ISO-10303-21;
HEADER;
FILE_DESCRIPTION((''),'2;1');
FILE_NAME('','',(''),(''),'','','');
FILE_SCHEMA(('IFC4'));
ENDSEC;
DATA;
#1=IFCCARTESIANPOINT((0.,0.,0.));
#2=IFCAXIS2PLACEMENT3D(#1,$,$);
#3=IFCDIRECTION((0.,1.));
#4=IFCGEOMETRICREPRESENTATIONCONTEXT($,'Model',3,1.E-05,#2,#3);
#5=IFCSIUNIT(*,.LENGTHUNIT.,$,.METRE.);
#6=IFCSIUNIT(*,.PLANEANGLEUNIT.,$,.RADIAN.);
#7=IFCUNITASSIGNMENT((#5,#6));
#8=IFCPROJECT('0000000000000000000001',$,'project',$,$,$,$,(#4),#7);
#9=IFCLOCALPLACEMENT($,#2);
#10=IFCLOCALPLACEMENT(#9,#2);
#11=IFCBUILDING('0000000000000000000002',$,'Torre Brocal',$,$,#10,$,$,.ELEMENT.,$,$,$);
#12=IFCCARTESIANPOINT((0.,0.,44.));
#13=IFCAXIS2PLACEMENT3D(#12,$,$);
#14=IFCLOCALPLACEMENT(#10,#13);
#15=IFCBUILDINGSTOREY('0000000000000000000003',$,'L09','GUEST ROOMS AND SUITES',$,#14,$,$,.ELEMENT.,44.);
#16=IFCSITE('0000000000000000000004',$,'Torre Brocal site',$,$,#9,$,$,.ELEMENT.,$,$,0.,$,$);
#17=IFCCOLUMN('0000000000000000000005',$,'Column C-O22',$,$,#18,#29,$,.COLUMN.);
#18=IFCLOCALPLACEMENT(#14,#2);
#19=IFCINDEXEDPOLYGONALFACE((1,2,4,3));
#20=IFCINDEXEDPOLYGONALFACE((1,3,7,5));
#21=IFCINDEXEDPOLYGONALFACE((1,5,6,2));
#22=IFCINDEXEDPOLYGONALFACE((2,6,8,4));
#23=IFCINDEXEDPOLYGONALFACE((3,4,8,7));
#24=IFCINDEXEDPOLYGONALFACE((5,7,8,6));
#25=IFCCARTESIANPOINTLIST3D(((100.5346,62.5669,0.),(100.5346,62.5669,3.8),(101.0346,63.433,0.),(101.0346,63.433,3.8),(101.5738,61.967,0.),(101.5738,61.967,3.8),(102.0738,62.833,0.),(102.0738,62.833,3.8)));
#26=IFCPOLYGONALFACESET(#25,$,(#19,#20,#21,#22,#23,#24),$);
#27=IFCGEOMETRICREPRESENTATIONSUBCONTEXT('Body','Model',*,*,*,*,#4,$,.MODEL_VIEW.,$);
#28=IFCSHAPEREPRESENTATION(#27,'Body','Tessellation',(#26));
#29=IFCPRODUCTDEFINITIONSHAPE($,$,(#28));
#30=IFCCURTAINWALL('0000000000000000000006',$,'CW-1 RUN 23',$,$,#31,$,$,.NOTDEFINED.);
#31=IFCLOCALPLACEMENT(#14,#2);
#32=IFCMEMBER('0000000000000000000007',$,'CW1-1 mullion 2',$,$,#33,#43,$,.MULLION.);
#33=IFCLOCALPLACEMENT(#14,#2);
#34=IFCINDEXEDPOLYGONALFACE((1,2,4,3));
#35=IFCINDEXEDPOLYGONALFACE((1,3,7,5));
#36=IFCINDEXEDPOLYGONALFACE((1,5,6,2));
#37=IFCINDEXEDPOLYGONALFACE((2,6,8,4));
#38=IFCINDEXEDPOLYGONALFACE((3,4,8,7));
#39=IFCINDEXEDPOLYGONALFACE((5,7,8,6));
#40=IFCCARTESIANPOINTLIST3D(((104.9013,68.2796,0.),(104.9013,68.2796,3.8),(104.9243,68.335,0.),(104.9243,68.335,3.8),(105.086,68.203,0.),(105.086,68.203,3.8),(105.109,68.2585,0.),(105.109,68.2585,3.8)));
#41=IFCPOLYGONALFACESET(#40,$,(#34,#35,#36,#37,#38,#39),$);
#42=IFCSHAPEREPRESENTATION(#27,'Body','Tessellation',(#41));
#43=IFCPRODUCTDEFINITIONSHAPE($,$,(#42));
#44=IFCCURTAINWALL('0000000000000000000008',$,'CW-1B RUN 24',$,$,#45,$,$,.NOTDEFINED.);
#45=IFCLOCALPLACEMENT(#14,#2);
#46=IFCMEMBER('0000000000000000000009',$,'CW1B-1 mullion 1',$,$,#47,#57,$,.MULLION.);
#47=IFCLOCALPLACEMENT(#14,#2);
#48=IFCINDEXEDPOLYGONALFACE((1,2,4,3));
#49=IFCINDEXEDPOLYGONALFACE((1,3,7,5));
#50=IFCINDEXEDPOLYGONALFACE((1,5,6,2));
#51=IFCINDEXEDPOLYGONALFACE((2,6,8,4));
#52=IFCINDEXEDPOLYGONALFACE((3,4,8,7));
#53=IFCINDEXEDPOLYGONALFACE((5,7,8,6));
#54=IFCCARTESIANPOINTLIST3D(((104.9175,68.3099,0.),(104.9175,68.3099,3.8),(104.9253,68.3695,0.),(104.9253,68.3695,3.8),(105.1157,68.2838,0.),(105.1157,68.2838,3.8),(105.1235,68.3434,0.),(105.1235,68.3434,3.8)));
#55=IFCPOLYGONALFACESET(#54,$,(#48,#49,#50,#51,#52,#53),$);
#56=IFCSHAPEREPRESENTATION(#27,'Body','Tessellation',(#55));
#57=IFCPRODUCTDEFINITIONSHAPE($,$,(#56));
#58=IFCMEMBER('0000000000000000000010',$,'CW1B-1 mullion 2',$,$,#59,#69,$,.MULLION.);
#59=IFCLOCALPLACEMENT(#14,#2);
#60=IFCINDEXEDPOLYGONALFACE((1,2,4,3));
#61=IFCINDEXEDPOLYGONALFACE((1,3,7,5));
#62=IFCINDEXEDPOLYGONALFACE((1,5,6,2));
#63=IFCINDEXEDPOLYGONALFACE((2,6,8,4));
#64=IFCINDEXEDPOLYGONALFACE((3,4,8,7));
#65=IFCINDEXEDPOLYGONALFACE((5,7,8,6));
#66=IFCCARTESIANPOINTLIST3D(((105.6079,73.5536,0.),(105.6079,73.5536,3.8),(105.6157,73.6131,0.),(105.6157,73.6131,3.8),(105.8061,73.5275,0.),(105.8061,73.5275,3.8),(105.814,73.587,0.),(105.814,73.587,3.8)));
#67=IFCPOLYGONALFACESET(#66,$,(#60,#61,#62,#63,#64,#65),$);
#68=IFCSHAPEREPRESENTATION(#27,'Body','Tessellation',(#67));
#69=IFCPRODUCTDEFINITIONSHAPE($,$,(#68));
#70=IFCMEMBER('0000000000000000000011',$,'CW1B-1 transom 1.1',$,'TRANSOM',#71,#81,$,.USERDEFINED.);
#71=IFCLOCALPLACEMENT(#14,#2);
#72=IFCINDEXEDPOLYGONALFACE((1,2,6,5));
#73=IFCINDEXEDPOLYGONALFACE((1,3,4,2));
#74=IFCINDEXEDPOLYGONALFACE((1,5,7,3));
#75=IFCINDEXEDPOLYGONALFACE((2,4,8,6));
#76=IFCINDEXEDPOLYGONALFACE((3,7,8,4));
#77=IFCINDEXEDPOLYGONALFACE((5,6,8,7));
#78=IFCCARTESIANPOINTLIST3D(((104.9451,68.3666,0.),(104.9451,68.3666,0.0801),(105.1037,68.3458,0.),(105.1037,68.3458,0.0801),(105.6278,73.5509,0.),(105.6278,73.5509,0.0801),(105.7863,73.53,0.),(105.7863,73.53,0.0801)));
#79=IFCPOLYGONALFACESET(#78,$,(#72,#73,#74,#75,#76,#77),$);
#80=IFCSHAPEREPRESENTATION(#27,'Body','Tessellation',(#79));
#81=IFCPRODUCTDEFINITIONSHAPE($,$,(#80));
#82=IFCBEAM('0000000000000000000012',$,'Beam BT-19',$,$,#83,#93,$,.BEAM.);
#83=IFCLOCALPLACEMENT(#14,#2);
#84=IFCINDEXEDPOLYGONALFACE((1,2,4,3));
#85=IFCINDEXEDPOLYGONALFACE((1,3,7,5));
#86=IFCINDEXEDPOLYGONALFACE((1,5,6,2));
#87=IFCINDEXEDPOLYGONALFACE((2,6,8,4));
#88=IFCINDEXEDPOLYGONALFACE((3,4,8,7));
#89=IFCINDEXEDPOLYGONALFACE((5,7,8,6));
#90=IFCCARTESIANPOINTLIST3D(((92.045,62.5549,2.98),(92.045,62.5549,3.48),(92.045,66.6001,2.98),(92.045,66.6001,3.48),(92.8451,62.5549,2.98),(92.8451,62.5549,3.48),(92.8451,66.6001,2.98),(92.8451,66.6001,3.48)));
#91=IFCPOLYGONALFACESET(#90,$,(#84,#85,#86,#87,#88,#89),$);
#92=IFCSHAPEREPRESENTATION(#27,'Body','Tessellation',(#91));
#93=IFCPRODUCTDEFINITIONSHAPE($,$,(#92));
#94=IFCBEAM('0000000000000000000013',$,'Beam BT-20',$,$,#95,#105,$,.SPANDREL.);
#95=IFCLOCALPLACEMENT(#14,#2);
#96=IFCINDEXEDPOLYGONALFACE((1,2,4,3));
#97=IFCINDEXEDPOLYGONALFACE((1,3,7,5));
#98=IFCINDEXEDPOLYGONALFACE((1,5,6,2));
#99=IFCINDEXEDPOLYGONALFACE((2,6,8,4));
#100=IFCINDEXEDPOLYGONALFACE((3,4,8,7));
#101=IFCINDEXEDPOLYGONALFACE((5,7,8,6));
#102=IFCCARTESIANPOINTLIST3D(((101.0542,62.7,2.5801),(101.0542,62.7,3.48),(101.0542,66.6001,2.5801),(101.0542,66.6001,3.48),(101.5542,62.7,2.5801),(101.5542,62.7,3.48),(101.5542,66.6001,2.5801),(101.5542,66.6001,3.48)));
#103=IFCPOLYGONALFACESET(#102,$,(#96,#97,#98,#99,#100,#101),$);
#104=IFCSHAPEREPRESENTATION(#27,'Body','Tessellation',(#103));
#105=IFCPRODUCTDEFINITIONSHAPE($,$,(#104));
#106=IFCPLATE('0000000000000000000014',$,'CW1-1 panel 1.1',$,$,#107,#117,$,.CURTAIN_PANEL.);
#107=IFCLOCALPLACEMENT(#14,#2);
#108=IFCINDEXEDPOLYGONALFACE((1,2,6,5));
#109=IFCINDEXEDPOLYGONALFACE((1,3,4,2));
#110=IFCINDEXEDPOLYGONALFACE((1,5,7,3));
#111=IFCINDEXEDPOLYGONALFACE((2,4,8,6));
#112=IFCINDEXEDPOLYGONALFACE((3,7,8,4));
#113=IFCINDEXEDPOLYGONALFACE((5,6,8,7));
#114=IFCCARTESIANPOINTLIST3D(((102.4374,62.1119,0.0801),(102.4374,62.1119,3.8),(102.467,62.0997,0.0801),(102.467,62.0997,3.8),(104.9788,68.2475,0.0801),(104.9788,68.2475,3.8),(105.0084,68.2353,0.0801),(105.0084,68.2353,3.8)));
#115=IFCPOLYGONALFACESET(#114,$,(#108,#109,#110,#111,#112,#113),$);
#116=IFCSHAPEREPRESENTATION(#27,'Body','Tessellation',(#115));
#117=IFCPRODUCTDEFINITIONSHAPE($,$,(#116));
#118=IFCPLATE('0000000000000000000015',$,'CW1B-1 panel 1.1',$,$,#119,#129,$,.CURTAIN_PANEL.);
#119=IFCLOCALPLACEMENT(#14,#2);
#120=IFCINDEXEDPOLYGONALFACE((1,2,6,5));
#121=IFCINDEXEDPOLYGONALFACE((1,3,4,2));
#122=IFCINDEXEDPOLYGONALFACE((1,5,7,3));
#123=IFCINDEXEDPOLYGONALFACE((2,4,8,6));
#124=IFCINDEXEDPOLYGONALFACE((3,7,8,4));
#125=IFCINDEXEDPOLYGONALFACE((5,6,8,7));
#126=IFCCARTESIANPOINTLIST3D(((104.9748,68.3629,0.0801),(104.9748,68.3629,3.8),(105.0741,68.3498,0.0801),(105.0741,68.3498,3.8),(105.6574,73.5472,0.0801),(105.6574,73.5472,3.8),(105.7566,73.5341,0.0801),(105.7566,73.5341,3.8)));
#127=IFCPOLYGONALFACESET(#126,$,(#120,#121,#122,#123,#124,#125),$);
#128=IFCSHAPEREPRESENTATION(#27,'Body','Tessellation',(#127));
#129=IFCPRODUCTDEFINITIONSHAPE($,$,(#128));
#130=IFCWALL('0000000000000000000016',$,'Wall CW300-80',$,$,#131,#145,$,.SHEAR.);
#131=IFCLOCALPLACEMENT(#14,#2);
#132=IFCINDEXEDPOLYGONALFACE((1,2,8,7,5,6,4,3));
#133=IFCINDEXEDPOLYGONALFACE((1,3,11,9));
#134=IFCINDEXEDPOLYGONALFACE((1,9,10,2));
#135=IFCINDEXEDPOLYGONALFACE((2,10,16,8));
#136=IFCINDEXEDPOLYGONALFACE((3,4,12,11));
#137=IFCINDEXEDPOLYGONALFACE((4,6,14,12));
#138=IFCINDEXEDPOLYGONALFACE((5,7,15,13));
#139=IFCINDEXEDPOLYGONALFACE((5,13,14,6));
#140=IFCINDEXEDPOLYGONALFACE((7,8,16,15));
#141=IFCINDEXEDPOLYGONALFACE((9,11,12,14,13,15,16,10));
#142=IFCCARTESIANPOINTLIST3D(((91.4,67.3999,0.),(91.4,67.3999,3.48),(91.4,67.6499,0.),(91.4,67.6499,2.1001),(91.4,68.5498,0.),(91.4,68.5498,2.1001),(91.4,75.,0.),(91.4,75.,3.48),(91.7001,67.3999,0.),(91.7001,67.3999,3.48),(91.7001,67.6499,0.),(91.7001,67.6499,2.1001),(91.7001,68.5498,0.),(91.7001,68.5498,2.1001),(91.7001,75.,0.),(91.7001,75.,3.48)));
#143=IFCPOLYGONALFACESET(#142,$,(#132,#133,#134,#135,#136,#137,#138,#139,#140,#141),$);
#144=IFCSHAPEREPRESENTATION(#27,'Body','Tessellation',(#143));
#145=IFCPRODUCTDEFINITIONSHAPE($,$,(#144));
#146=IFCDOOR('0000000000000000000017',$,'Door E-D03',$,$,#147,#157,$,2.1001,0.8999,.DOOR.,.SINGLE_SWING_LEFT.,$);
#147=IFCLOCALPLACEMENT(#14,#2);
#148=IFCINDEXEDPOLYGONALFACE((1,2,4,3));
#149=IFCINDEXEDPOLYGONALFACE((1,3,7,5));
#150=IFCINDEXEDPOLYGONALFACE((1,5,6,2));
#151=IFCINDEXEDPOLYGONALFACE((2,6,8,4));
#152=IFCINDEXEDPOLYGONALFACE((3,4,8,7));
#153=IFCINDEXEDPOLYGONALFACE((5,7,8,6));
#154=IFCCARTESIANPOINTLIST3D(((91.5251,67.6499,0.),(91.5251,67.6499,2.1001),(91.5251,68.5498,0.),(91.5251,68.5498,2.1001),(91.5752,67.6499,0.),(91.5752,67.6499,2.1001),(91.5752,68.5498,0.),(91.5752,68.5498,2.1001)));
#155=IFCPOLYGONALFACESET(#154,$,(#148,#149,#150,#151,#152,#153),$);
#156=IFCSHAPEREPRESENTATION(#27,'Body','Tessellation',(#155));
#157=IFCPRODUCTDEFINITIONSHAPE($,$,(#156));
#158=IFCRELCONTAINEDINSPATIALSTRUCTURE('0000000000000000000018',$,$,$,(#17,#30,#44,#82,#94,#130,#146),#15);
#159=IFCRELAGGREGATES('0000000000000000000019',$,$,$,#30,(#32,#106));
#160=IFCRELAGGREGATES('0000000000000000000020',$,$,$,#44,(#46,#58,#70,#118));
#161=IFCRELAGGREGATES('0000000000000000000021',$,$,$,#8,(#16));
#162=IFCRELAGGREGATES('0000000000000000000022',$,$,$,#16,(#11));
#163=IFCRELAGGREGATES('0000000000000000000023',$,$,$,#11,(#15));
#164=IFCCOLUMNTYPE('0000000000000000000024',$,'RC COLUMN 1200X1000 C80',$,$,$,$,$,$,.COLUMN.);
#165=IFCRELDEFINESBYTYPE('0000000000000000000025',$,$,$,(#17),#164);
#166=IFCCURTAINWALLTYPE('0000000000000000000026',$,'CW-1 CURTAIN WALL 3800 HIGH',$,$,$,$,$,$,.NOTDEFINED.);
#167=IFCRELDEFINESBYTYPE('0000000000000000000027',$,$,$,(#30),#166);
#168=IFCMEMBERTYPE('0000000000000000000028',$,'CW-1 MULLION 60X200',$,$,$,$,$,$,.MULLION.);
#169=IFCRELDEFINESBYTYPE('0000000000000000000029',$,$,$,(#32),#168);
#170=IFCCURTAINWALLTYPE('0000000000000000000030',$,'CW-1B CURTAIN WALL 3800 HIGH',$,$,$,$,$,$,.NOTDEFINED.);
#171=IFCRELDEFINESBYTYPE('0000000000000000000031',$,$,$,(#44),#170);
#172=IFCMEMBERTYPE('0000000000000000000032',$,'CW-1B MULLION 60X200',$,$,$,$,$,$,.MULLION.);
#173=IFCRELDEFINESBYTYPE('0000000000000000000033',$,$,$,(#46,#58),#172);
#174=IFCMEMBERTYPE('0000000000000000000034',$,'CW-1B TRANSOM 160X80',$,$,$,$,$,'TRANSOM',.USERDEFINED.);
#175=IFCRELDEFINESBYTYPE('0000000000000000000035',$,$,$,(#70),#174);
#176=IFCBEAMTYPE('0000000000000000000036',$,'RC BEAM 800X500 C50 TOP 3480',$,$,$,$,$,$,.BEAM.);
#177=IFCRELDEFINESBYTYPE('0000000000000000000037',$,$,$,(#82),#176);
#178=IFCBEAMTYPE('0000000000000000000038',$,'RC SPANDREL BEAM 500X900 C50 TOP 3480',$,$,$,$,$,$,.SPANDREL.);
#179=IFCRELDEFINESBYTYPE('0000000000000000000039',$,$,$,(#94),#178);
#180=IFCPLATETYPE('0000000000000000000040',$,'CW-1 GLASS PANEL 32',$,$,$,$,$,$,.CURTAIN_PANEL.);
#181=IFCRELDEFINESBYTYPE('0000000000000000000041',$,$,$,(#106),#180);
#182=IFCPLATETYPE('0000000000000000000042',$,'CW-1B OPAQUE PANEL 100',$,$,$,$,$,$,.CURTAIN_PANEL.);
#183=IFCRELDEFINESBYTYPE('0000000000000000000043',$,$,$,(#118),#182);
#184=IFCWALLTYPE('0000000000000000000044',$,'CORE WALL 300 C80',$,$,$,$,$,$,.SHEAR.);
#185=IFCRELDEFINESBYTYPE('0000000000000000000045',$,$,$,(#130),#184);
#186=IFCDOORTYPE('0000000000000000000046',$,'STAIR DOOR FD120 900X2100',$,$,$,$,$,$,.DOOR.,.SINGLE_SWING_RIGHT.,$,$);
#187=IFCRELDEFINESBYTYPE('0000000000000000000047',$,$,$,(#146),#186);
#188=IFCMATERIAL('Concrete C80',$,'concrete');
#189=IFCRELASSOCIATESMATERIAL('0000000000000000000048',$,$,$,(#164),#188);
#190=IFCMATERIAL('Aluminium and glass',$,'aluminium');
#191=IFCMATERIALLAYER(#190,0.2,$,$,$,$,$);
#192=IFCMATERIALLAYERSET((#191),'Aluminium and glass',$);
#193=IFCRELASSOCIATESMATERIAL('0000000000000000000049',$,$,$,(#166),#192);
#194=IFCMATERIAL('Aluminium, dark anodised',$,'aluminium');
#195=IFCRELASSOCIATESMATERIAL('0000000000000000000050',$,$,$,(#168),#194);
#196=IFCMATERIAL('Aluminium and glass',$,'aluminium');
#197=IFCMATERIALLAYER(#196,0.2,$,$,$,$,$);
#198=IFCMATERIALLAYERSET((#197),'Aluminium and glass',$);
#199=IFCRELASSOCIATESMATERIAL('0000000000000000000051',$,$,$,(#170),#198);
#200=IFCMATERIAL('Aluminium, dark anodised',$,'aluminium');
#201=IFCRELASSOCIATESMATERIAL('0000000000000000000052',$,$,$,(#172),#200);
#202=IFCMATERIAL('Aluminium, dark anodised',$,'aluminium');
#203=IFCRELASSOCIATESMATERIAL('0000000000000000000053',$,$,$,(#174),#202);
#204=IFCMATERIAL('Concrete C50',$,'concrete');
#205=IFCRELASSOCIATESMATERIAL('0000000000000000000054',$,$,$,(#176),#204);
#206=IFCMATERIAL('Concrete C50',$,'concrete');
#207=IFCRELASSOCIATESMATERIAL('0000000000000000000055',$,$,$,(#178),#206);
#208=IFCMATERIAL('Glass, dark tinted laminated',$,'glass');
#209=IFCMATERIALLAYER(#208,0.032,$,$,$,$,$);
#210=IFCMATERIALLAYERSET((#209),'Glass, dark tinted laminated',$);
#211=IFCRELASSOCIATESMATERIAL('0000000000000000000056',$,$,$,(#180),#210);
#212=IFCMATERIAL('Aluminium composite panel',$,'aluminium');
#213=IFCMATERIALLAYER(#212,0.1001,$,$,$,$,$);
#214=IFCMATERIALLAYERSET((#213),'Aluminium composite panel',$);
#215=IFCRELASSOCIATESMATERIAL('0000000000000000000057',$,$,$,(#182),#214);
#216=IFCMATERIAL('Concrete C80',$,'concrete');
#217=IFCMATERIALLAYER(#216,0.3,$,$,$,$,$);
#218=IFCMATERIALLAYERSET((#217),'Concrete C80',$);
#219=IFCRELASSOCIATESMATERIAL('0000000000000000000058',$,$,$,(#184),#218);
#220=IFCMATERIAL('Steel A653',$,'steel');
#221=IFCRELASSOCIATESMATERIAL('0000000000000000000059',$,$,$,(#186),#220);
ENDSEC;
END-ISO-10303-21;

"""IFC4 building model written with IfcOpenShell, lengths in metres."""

from ifc_helpers import new_model, si_unit, direction, frame, frame_2d, origin, origin_2d, place, context, subcontext, project, spatial, rectangle, extrude, material, layer, layer_set, material_profile, profile_set, type_object, element, fill, aggregate, save


model = new_model("IFC4")

# Units and contexts
model_context = context("Model", 3, precision=1e-05, world=origin(), true_north=direction((0.0, 1.0)))
body_context = subcontext(model_context, "Body", "Model", "MODEL_VIEW")
ifc_project = project(units=[si_unit("LENGTHUNIT", "METRE"), si_unit("PLANEANGLEUNIT", "RADIAN")], contexts=[model_context])

# Site, building, storey
site_placement = place(None, origin())
site = spatial("IfcSite", under=ifc_project, at=site_placement, Name="Torre Brocal site", CompositionType="ELEMENT", RefElevation=0.0)
building_placement = place(site_placement, origin())
building = spatial("IfcBuilding", under=site, at=building_placement, Name="Torre Brocal", CompositionType="ELEMENT")
storey_placement = place(building_placement, frame((0.0, 0.0, 44.0)))
storey = spatial("IfcBuildingStorey", under=building, at=storey_placement, Name="L09", Description="GUEST ROOMS AND SUITES", CompositionType="ELEMENT", Elevation=44.0)

# Column
ifc_material_1 = material(Name="Concrete C80", Category="concrete")
ifc_material_profile_1 = material_profile(ifc_material_1, rectangle(XDim=1.2, YDim=1.0, at=origin_2d()), Name="RC 1200X1000")
ifc_profile_set_1 = profile_set([ifc_material_profile_1], Name="Concrete C80")
column_type = type_object("IfcColumnType", Name="RC COLUMN 1200X1000 C80", PredefinedType="COLUMN", material=ifc_profile_set_1)
column_placement = place(storey_placement, frame((101.3042, 62.7, 0.0), z_axis=(0.0, 0.0, 1.0), x_axis=(0.866025, -0.5, 0.0)))
element("IfcColumn", 1, at=column_placement, inside=storey, type_object=column_type, Name="Column C-O22", PredefinedType="COLUMN", context=body_context, shape_type="SweptSolid", body=[
    extrude(rectangle(XDim=1.2, YDim=1.0, at=origin_2d()), origin(), (0.0, 0.0, 1.0), 3.8),
])

# Curtain wall, member
ifc_material_2 = material(Name="Aluminium and glass", Category="aluminium")
ifc_layer_1 = layer(ifc_material_2, 0.2)
ifc_layer_set_1 = layer_set([ifc_layer_1], Name="Aluminium and glass")
curtain_wall_type_1 = type_object("IfcCurtainWallType", Name="CW-1 CURTAIN WALL 3800 HIGH", PredefinedType="NOTDEFINED", material=ifc_layer_set_1)
curtain_wall_1_placement = place(storey_placement, origin())
curtain_wall_1 = element("IfcCurtainWall", 2, at=curtain_wall_1_placement, inside=storey, type_object=curtain_wall_type_1, Name="CW-1 RUN 23", PredefinedType="NOTDEFINED")
ifc_material_3 = material(Name="Aluminium, dark anodised", Category="aluminium")
ifc_material_profile_2 = material_profile(ifc_material_3, rectangle(XDim=0.2, YDim=0.0601, at=origin_2d()), Name="CW-1 MULLION 60X200")
ifc_profile_set_2 = profile_set([ifc_material_profile_2], Name="Aluminium, dark anodised")
member_type_1 = type_object("IfcMemberType", Name="CW-1 MULLION 60X200", PredefinedType="MULLION", material=ifc_profile_set_2)
member_1_placement = place(storey_placement, frame((105.0051, 68.269, 0.0), z_axis=(0.0, 0.0, 1.0), x_axis=(-0.92388, 0.382683, 0.0)))
member_1 = element("IfcMember", 3, at=member_1_placement, type_object=member_type_1, Name="CW1-1 mullion 2", PredefinedType="MULLION", context=body_context, shape_type="SweptSolid", body=[
    extrude(rectangle(XDim=0.2, YDim=0.0601, at=origin_2d()), origin(), (0.0, 0.0, 1.0), 3.8),
])

# Curtain wall, members
ifc_material_4 = material(Name="Aluminium and glass", Category="aluminium")
ifc_layer_2 = layer(ifc_material_4, 0.2)
ifc_layer_set_2 = layer_set([ifc_layer_2], Name="Aluminium and glass")
curtain_wall_type_2 = type_object("IfcCurtainWallType", Name="CW-1B CURTAIN WALL 3800 HIGH", PredefinedType="NOTDEFINED", material=ifc_layer_set_2)
curtain_wall_2_placement = place(storey_placement, origin())
curtain_wall_2 = element("IfcCurtainWall", 4, at=curtain_wall_2_placement, inside=storey, type_object=curtain_wall_type_2, Name="CW-1B RUN 24", PredefinedType="NOTDEFINED")
ifc_material_5 = material(Name="Aluminium, dark anodised", Category="aluminium")
ifc_material_profile_3 = material_profile(ifc_material_5, rectangle(XDim=0.2, YDim=0.0601, at=origin_2d()), Name="CW-1B MULLION 60X200")
ifc_profile_set_3 = profile_set([ifc_material_profile_3], Name="Aluminium, dark anodised")
member_type_2 = type_object("IfcMemberType", Name="CW-1B MULLION 60X200", PredefinedType="MULLION", material=ifc_profile_set_3)
member_2_placement = place(storey_placement, frame((105.0205, 68.3267, 0.0), z_axis=(0.0, 0.0, 1.0), x_axis=(-0.991445, 0.130526, 0.0)))
member_2 = element("IfcMember", 5, at=member_2_placement, type_object=member_type_2, Name="CW1B-1 mullion 1", PredefinedType="MULLION", context=body_context, shape_type="SweptSolid", body=[
    extrude(rectangle(XDim=0.2, YDim=0.0601, at=origin_2d()), origin(), (0.0, 0.0, 1.0), 3.8),
])
member_3_placement = place(storey_placement, frame((105.7109, 73.5703, 0.0), z_axis=(0.0, 0.0, 1.0), x_axis=(-0.991445, 0.130526, 0.0)))
member_3 = element("IfcMember", 6, at=member_3_placement, type_object=member_type_2, Name="CW1B-1 mullion 2", PredefinedType="MULLION", context=body_context, shape_type="SweptSolid", body=[
    extrude(rectangle(XDim=0.2, YDim=0.0601, at=origin_2d()), origin(), (0.0, 0.0, 1.0), 3.8),
])
ifc_material_6 = material(Name="Aluminium, dark anodised", Category="aluminium")
ifc_material_profile_4 = material_profile(ifc_material_6, rectangle(XDim=0.1599, YDim=0.0801, at=origin_2d()), Name="CW-1B TRANSOM 160X80")
ifc_profile_set_4 = profile_set([ifc_material_profile_4], Name="Aluminium, dark anodised")
member_type_3 = type_object("IfcMemberType", Name="CW-1B TRANSOM 160X80", ElementType="TRANSOM", PredefinedType="USERDEFINED", material=ifc_profile_set_4)
member_4_placement = place(storey_placement, frame((105.0244, 68.3562, 0.04), z_axis=(0.130543, 0.991443, 0.0), x_axis=(-0.991443, 0.130543, 0.0)))
member_4 = element("IfcMember", 7, at=member_4_placement, type_object=member_type_3, Name="CW1B-1 transom 1.1", ObjectType="TRANSOM", PredefinedType="USERDEFINED", context=body_context, shape_type="SweptSolid", body=[
    extrude(rectangle(XDim=0.1599, YDim=0.0801, at=origin_2d()), origin(), (0.0, 0.0, 1.0), 5.229),
])

# Beams
ifc_material_7 = material(Name="Concrete C50", Category="concrete")
ifc_material_profile_5 = material_profile(ifc_material_7, rectangle(XDim=0.8, YDim=0.5, at=origin_2d()), Name="RC 800X500")
ifc_profile_set_5 = profile_set([ifc_material_profile_5], Name="Concrete C50")
beam_type_1 = type_object("IfcBeamType", Name="RC BEAM 800X500 C50 TOP 3480", PredefinedType="BEAM", material=ifc_profile_set_5)
beam_1_placement = place(storey_placement, frame((92.4451, 62.5549, 3.23), z_axis=(0.0, 1.0, 0.0), x_axis=(-1.0, 0.0, 0.0)))
element("IfcBeam", 8, at=beam_1_placement, inside=storey, type_object=beam_type_1, Name="Beam BT-19", PredefinedType="BEAM", context=body_context, shape_type="SweptSolid", body=[
    extrude(rectangle(XDim=0.8, YDim=0.5, at=origin_2d()), origin(), (0.0, 0.0, 1.0), 4.0452),
])
ifc_material_8 = material(Name="Concrete C50", Category="concrete")
ifc_material_profile_6 = material_profile(ifc_material_8, rectangle(XDim=0.5, YDim=0.8999, at=origin_2d()), Name="RC 500X900")
ifc_profile_set_6 = profile_set([ifc_material_profile_6], Name="Concrete C50")
beam_type_2 = type_object("IfcBeamType", Name="RC SPANDREL BEAM 500X900 C50 TOP 3480", PredefinedType="SPANDREL", material=ifc_profile_set_6)
beam_2_placement = place(storey_placement, frame((101.3042, 62.7, 3.03), z_axis=(0.0, 1.0, 0.0), x_axis=(-1.0, 0.0, 0.0)))
element("IfcBeam", 9, at=beam_2_placement, inside=storey, type_object=beam_type_2, Name="Beam BT-20", PredefinedType="SPANDREL", context=body_context, shape_type="SweptSolid", body=[
    extrude(rectangle(XDim=0.5, YDim=0.8999, at=origin_2d()), origin(), (0.0, 0.0, 1.0), 3.9001),
])

# Plates
ifc_material_9 = material(Name="Glass, dark tinted laminated", Category="glass")
ifc_layer_3 = layer(ifc_material_9, 0.032)
ifc_layer_set_3 = layer_set([ifc_layer_3], Name="Glass, dark tinted laminated")
plate_type_1 = type_object("IfcPlateType", Name="CW-1 GLASS PANEL 32", PredefinedType="CURTAIN_PANEL", material=ifc_layer_set_3)
plate_1_placement = place(storey_placement, frame((103.7229, 65.1736, 0.0801), z_axis=(0.0, 0.0, 1.0), x_axis=(0.382683, 0.92388, 0.0)))
plate_1 = element("IfcPlate", 10, at=plate_1_placement, type_object=plate_type_1, Name="CW1-1 panel 1.1", PredefinedType="CURTAIN_PANEL", context=body_context, shape_type="SweptSolid", body=[
    extrude(rectangle(XDim=6.6411, YDim=0.032, at=origin_2d()), origin(), (0.0, 0.0, 1.0), 3.72),
])
aggregate(curtain_wall_1, [member_1, plate_1])
ifc_material_10 = material(Name="Aluminium composite panel", Category="aluminium")
ifc_layer_4 = layer(ifc_material_10, 0.1001)
ifc_layer_set_4 = layer_set([ifc_layer_4], Name="Aluminium composite panel")
plate_type_2 = type_object("IfcPlateType", Name="CW-1B OPAQUE PANEL 100", PredefinedType="CURTAIN_PANEL", material=ifc_layer_set_4)
plate_2_placement = place(storey_placement, frame((105.3657, 70.9485, 0.0801), z_axis=(0.0, 0.0, 1.0), x_axis=(0.130526, 0.991445, 0.0)))
plate_2 = element("IfcPlate", 11, at=plate_2_placement, type_object=plate_type_2, Name="CW1B-1 panel 1.1", PredefinedType="CURTAIN_PANEL", context=body_context, shape_type="SweptSolid", body=[
    extrude(rectangle(XDim=5.229, YDim=0.1001, at=origin_2d()), origin(), (0.0, 0.0, 1.0), 3.72),
])
aggregate(curtain_wall_2, [member_2, member_3, member_4, plate_2])

# Wall, opening, door
ifc_material_11 = material(Name="Concrete C80", Category="concrete")
ifc_layer_5 = layer(ifc_material_11, 0.3)
ifc_layer_set_5 = layer_set([ifc_layer_5], Name="Concrete C80")
wall_type_1 = type_object("IfcWallType", Name="CORE WALL 300 C80", PredefinedType="SHEAR", material=ifc_layer_set_5)
wall_1_placement = place(storey_placement, frame((91.55, 67.3999, 0.0), z_axis=(0.0, 0.0, 1.0), x_axis=(0.0, 1.0, 0.0)))
wall_1 = element("IfcWall", 12, at=wall_1_placement, inside=storey, type_object=wall_type_1, Name="Wall CW300-80", PredefinedType="SHEAR", context=body_context, shape_type="SweptSolid", body=[
    extrude(rectangle(XDim=7.6001, YDim=0.3, at=frame_2d((3.8, 0.0))), origin(), (0.0, 0.0, 1.0), 3.48),
])
opening_1_placement = place(wall_1_placement, frame((0.25, 0.0, 0.0)))
opening_1 = element("IfcOpeningElement", 13, at=opening_1_placement, cuts=wall_1, PredefinedType="OPENING", context=body_context, shape_type="SweptSolid", body=[
    extrude(rectangle(XDim=0.8999, YDim=2.1001, at=frame_2d((0.45, 1.05))), frame((0.0, 0.1599, 0.0), z_axis=(0.0, -1.0, 0.0), x_axis=(1.0, 0.0, 0.0)), (0.0, 0.0, 1.0), 0.3201),
])
ifc_material_12 = material(Name="Steel A653", Category="steel")
door_type_1 = type_object("IfcDoorType", Name="STAIR DOOR FD120 900X2100", OperationType="SINGLE_SWING_RIGHT", PredefinedType="DOOR", material=ifc_material_12)
door_1_placement = place(opening_1_placement, origin())
door_1 = element("IfcDoor", 14, at=door_1_placement, inside=storey, type_object=door_type_1, Name="Door E-D03", OperationType="SINGLE_SWING_LEFT", OverallHeight=2.1001, OverallWidth=0.8999, PredefinedType="DOOR", context=body_context, shape_type="SweptSolid", body=[
    extrude(rectangle(XDim=0.8999, YDim=2.1001, at=frame_2d((0.45, 1.05))), frame((0.0, 0.0249, 0.0), z_axis=(0.0, -1.0, 0.0), x_axis=(1.0, 0.0, 0.0)), (0.0, 0.0, 1.0), 0.05),
])
fill(opening_1, door_1)

save(model, "model.ifc")
